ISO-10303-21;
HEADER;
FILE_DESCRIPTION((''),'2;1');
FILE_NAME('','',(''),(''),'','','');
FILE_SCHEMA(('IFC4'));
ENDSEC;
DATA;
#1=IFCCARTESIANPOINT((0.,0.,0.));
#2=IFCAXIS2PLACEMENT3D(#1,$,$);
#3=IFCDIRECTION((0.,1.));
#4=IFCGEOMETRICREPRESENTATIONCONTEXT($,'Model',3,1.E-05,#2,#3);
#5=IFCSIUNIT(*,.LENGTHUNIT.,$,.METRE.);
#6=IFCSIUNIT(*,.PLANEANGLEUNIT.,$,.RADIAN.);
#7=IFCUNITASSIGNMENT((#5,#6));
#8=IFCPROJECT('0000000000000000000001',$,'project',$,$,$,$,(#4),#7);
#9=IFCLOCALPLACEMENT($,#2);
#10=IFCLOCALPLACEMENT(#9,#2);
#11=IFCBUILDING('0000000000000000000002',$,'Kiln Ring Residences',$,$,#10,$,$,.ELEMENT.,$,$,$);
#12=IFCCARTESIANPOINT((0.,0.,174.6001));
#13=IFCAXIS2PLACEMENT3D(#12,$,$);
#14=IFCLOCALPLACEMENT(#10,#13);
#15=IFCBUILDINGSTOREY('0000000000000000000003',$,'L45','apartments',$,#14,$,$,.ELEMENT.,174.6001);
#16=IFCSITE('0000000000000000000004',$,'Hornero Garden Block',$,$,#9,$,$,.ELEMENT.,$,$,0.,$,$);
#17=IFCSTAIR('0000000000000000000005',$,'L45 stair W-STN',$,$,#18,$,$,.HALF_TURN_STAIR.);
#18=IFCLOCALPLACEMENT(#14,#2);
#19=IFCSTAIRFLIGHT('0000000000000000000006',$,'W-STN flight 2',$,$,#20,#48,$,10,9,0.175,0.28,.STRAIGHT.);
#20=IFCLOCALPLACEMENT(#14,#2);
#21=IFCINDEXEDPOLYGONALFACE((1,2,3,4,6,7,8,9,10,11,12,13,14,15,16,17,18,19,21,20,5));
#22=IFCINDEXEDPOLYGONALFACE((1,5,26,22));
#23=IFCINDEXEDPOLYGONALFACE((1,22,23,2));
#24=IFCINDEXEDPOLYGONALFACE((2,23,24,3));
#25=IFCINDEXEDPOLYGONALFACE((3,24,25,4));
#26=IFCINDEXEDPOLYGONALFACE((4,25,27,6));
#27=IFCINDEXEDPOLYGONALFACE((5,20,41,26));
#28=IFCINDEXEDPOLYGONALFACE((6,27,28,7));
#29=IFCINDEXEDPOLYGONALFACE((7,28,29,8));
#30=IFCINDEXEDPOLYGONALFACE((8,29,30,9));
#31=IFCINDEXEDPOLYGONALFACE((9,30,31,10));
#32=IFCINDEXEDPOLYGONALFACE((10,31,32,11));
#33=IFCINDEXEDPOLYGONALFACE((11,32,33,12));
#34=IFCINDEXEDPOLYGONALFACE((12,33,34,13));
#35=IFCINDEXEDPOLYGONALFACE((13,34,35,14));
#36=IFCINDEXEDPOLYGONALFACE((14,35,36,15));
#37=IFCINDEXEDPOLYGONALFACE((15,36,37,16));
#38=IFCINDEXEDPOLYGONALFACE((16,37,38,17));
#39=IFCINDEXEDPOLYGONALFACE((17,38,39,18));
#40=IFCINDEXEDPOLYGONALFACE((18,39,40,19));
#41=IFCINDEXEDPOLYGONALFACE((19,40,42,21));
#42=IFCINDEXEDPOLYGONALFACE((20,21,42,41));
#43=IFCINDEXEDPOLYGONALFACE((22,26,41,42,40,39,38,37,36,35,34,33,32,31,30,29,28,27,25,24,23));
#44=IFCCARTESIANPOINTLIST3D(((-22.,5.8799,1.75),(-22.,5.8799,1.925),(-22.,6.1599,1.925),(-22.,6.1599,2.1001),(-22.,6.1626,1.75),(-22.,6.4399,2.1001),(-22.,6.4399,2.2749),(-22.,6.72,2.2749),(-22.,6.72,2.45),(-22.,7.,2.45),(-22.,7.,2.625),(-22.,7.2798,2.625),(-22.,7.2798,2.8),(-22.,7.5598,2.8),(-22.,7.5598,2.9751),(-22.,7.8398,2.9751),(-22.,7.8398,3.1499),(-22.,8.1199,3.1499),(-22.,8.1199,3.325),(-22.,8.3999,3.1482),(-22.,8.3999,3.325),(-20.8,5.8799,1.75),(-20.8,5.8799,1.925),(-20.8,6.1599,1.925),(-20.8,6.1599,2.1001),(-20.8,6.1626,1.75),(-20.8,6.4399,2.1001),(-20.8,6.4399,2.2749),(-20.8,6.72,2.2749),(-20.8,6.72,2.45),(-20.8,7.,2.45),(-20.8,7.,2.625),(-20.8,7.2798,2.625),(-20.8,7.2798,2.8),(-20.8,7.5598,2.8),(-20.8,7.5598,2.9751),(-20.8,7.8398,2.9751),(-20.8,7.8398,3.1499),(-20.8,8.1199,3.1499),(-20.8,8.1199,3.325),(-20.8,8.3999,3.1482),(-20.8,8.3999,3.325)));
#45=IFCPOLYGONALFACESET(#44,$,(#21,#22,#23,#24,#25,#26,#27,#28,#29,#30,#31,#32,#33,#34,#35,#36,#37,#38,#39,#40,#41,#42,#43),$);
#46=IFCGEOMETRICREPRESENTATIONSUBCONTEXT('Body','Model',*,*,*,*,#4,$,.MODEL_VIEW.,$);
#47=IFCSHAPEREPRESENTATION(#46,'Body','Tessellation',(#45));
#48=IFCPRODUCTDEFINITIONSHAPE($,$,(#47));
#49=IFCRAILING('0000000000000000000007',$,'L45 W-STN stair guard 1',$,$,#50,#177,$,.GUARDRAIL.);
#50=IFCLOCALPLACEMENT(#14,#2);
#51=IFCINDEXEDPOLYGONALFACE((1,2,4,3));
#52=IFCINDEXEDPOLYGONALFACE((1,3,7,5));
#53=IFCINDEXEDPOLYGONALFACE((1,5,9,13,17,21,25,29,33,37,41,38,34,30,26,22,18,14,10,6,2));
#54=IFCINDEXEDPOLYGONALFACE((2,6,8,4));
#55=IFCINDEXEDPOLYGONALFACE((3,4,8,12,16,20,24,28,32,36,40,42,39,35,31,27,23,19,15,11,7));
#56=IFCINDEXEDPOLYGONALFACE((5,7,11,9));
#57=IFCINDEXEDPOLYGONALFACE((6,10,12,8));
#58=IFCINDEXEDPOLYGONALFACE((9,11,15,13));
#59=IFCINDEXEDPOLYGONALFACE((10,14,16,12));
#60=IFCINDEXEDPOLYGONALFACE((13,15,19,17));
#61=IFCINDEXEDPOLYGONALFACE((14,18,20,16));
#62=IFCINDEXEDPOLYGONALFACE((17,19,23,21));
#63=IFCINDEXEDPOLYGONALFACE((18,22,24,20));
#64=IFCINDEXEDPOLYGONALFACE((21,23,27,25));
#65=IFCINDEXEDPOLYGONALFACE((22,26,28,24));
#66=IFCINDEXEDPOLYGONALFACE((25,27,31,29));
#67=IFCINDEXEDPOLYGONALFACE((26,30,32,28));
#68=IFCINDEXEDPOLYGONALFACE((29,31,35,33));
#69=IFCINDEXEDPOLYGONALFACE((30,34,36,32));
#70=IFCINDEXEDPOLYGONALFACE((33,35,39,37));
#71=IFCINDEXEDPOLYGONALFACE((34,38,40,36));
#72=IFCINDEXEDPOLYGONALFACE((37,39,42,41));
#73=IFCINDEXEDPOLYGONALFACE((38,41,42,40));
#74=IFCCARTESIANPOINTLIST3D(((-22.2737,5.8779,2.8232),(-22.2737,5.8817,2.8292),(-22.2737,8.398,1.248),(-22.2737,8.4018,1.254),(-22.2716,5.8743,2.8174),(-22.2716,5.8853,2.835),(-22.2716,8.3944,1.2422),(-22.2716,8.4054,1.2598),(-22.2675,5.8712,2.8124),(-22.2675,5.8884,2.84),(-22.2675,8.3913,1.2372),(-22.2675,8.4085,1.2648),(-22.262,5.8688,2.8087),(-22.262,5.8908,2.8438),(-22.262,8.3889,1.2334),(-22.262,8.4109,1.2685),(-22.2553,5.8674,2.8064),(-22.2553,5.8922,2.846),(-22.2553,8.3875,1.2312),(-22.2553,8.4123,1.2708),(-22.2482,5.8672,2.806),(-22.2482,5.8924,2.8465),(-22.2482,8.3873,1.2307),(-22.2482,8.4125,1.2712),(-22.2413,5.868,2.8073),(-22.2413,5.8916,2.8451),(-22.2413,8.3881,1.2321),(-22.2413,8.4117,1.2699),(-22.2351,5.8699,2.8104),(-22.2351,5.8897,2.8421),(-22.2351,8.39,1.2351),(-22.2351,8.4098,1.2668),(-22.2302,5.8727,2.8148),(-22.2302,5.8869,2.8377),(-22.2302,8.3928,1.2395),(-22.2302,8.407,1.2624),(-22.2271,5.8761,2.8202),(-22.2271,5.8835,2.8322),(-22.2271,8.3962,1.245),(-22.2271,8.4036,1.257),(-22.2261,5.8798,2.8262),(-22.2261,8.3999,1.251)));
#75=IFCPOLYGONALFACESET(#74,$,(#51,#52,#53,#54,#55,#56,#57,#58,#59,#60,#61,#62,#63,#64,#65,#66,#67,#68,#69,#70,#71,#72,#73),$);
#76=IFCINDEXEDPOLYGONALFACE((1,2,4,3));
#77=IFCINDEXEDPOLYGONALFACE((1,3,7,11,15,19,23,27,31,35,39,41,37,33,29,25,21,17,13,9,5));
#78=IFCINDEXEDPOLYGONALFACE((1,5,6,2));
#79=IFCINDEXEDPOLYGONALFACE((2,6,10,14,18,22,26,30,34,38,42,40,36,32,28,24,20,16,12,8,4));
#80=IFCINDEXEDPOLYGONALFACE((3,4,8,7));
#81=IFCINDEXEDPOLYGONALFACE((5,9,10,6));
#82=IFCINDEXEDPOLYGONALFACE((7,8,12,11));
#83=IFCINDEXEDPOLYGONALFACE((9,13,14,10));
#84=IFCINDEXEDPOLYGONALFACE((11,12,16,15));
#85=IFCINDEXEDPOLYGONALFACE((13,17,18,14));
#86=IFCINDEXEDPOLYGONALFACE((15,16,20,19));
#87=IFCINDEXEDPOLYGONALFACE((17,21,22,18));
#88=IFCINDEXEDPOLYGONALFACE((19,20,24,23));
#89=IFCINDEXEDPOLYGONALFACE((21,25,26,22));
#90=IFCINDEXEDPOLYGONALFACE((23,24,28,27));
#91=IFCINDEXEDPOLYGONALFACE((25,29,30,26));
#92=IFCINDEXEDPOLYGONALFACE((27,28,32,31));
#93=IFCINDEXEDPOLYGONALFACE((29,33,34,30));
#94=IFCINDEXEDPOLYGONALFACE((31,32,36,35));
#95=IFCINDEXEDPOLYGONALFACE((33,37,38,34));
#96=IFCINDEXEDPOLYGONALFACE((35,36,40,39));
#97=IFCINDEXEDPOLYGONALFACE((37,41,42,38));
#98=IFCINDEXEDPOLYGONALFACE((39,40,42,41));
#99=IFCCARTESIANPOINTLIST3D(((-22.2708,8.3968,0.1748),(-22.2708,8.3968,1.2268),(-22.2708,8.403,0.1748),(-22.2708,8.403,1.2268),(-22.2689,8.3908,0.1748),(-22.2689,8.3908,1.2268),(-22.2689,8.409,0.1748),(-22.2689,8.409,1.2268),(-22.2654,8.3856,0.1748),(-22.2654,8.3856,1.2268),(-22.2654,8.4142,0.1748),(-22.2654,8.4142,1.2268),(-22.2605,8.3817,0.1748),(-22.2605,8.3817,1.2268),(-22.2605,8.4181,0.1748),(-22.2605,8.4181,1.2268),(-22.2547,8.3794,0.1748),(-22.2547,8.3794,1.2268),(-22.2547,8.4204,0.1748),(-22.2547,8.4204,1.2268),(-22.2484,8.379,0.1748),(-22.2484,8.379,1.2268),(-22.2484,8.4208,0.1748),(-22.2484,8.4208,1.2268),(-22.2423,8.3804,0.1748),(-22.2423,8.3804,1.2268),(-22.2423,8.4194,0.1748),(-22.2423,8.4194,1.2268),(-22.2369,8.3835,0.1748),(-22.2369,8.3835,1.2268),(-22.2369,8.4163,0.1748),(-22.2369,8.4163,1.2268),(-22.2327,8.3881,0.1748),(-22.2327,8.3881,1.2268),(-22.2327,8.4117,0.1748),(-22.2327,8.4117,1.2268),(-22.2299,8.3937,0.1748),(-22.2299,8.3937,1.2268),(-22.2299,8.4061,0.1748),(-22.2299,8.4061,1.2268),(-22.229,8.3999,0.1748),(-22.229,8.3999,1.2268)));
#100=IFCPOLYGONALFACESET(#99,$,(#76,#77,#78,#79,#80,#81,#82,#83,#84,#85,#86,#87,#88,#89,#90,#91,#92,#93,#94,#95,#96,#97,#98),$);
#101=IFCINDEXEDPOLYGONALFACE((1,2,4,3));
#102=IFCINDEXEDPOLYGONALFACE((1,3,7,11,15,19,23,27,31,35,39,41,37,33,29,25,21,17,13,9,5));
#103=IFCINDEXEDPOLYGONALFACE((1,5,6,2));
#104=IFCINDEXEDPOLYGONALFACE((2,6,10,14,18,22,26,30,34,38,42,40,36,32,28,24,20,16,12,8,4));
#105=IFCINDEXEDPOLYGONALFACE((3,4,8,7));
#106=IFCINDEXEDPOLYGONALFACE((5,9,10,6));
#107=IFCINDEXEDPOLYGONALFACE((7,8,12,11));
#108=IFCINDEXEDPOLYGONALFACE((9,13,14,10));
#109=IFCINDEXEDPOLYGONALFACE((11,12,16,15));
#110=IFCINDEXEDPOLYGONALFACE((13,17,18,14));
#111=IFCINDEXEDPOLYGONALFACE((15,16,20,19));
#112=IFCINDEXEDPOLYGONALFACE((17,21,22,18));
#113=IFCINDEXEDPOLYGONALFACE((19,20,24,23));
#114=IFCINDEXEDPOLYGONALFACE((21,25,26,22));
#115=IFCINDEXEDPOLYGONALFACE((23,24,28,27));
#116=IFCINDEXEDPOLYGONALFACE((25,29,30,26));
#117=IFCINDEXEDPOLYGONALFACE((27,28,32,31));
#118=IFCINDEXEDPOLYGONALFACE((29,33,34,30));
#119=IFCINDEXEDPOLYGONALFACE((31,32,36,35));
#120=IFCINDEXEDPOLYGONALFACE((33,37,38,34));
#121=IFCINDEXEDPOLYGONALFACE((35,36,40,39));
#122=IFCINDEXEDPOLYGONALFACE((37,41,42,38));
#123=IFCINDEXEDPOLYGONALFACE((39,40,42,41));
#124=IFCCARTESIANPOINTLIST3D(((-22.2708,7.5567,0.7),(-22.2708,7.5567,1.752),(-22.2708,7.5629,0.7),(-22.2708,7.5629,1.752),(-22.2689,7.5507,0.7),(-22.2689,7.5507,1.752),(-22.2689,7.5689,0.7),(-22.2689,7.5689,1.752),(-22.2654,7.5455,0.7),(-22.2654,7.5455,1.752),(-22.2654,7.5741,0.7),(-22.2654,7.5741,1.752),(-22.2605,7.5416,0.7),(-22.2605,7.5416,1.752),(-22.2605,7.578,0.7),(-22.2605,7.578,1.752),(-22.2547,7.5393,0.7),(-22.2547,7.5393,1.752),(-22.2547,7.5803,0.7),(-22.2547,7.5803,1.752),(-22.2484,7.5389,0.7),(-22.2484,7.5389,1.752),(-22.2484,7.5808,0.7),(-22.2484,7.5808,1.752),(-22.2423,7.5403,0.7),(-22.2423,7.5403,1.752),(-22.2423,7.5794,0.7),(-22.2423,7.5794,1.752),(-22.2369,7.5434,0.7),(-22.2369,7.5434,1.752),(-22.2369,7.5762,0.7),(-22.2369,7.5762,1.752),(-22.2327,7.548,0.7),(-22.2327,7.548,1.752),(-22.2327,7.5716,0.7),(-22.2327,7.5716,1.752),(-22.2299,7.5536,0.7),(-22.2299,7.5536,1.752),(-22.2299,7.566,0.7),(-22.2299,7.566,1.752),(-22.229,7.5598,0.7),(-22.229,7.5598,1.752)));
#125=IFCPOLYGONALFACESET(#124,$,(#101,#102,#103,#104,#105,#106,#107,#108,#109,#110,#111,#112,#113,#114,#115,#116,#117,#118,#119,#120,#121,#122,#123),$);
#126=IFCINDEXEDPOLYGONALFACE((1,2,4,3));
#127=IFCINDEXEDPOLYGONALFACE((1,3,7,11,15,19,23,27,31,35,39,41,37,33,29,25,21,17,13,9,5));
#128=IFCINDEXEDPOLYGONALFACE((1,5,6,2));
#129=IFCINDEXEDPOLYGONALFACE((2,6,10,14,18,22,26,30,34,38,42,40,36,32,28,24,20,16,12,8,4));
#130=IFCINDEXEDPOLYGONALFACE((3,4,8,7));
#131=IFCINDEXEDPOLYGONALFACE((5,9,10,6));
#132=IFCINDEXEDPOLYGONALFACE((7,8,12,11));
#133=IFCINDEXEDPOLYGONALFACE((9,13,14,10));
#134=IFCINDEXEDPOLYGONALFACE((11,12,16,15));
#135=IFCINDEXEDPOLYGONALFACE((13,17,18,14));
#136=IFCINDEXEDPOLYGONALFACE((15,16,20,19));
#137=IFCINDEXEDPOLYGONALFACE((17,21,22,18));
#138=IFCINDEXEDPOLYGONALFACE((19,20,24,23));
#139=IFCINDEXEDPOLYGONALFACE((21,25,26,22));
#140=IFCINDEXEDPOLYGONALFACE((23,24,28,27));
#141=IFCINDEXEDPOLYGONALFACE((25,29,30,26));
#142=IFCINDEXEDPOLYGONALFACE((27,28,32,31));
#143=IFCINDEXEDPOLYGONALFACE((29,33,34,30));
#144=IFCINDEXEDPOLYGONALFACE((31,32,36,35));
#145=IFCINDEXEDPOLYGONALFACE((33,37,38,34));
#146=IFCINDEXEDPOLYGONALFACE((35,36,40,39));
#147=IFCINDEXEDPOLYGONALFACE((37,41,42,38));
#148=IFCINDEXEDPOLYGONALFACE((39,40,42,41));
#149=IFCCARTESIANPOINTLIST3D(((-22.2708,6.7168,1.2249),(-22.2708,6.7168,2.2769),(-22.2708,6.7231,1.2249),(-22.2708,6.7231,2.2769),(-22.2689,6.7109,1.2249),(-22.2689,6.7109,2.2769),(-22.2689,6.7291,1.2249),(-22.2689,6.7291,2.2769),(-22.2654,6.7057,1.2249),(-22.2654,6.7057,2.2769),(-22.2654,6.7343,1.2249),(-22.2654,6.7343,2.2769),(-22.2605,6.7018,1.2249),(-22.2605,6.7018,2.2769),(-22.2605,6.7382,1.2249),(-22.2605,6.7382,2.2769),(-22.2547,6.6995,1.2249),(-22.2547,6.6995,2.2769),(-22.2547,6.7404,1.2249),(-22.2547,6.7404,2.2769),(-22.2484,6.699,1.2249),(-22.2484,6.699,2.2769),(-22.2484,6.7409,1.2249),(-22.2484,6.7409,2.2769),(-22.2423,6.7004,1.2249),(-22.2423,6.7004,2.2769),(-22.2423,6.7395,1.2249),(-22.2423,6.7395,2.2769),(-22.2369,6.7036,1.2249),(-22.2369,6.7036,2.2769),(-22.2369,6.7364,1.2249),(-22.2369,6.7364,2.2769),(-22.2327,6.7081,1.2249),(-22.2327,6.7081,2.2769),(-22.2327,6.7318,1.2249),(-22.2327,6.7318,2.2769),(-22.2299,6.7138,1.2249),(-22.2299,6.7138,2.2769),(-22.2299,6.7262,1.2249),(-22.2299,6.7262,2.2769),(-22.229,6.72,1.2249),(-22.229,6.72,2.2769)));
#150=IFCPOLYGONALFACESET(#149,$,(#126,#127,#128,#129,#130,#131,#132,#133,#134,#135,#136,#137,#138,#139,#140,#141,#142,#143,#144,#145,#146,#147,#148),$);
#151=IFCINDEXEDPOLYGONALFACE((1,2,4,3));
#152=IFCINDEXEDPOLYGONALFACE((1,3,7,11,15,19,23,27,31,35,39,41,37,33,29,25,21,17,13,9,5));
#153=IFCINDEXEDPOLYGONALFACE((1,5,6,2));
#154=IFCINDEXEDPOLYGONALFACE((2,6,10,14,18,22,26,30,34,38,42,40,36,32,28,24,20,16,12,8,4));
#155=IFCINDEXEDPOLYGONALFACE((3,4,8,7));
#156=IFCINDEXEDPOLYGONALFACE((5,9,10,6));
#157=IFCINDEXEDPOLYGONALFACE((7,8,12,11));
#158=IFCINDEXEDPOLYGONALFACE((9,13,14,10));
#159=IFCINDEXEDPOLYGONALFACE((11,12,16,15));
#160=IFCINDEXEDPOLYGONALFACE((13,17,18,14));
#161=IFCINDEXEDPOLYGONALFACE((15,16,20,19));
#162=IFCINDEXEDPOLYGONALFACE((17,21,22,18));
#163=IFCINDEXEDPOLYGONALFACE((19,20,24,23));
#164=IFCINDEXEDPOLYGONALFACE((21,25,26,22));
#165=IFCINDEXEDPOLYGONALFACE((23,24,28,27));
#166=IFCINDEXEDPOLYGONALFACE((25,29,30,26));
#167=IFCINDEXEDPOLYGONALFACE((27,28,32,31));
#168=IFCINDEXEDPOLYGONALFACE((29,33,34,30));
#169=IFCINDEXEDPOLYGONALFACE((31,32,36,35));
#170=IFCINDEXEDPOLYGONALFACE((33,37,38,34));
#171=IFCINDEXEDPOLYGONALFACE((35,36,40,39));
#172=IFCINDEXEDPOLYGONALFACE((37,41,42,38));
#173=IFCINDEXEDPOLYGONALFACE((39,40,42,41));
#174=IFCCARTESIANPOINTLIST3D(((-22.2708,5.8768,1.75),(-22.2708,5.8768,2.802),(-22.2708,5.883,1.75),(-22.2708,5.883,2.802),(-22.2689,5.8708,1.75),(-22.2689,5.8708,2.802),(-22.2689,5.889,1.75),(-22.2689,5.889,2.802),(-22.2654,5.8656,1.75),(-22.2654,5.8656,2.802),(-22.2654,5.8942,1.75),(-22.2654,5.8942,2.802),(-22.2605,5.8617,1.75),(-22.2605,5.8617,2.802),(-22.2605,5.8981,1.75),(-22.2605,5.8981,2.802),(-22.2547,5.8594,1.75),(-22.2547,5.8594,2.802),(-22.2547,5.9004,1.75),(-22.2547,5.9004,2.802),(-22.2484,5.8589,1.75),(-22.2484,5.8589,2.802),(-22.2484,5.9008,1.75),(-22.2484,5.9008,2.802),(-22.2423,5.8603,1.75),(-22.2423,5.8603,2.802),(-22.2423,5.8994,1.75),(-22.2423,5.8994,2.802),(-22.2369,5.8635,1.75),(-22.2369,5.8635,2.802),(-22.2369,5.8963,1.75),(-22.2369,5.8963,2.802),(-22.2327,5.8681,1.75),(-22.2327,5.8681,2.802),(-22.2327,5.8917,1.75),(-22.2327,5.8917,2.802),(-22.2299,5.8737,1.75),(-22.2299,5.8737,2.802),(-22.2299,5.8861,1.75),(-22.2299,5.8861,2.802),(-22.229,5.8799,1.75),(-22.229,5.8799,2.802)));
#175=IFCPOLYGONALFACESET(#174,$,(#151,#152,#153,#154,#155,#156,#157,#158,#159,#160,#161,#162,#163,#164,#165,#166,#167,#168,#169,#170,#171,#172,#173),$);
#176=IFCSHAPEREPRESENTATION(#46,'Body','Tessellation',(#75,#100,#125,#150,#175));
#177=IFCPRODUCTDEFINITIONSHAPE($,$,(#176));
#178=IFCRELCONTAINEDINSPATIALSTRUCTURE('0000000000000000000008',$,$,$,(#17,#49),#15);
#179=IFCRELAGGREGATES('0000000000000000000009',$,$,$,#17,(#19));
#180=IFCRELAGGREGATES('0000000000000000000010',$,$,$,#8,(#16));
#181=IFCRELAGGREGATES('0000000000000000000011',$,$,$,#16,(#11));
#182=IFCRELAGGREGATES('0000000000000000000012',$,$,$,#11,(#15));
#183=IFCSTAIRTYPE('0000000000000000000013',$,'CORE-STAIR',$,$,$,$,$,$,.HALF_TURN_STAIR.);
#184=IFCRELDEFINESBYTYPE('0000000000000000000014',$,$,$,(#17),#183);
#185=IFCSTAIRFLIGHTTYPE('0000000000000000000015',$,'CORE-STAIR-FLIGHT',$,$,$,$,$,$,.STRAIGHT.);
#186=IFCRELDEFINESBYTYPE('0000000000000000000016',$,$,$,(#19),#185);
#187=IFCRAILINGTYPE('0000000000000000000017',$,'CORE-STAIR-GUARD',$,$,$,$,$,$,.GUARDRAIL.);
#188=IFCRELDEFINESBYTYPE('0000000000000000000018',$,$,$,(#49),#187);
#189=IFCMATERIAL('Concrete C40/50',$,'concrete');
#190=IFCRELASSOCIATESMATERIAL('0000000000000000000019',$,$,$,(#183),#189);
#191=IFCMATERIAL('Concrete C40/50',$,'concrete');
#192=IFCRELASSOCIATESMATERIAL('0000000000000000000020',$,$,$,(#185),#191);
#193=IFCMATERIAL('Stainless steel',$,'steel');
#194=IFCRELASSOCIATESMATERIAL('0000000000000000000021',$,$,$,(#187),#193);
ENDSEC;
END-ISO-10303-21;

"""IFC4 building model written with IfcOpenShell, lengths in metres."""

from ifc_helpers import new_model, si_unit, direction, frame, origin, origin_2d, place, context, subcontext, project, spatial, polyline, circle, outline, extrude, material, type_object, element, aggregate, save


model = new_model("IFC4")

# Units and contexts
model_context = context("Model", 3, precision=1e-05, world=origin(), true_north=direction((0.0, 1.0)))
body_context = subcontext(model_context, "Body", "Model", "MODEL_VIEW")
ifc_project = project(units=[si_unit("LENGTHUNIT", "METRE"), si_unit("PLANEANGLEUNIT", "RADIAN")], contexts=[model_context])

# Site, building, storey
site_placement = place(None, origin())
site = spatial("IfcSite", under=ifc_project, at=site_placement, Name="Hornero Garden Block", CompositionType="ELEMENT", RefElevation=0.0)
building_placement = place(site_placement, origin())
building = spatial("IfcBuilding", under=site, at=building_placement, Name="Kiln Ring Residences", CompositionType="ELEMENT")
storey_placement = place(building_placement, frame((0.0, 0.0, 174.6001)))
storey = spatial("IfcBuildingStorey", under=building, at=storey_placement, Name="L45", Description="apartments", CompositionType="ELEMENT", Elevation=174.6001)

# Stair, stair flight
ifc_material_1 = material(Name="Concrete C40/50", Category="concrete")
stair_type = type_object("IfcStairType", Name="CORE-STAIR", PredefinedType="HALF_TURN_STAIR", material=ifc_material_1)
stair_placement = place(storey_placement, origin())
stair = element("IfcStair", 1, at=stair_placement, inside=storey, type_object=stair_type, Name="L45 stair W-STN", PredefinedType="HALF_TURN_STAIR")
ifc_material_2 = material(Name="Concrete C40/50", Category="concrete")
stair_flight_type = type_object("IfcStairFlightType", Name="CORE-STAIR-FLIGHT", PredefinedType="STRAIGHT", material=ifc_material_2)
stair_flight_1_placement = place(storey_placement, frame((-21.3999, 5.8799, 1.75), z_axis=(0.0, 0.0, 1.0), x_axis=(0.0, 1.0, 0.0)))
stair_flight_1 = element("IfcStairFlight", 2, at=stair_flight_1_placement, type_object=stair_flight_type, Name="W-STN flight 2", NumberOfRisers=10, NumberOfTreads=9, PredefinedType="STRAIGHT", RiserHeight=0.175, TreadLength=0.28, context=body_context, shape_type="SweptSolid", body=[
    extrude(outline(polyline([(0.0, 0.0), (0.0, 0.175), (0.28, 0.175), (0.28, 0.3501), (0.5601, 0.3501), (0.5601, 0.5249), (0.8401, 0.5249), (0.8401, 0.7), (1.1201, 0.7), (1.1201, 0.875), (1.3999, 0.875), (1.3999, 1.05), (1.6799, 1.05), (1.6799, 1.2251), (1.96, 1.2251), (1.96, 1.3999), (2.24, 1.3999), (2.24, 1.575), (2.52, 1.575), (2.52, 1.75), (2.52, 1.3982), (0.2827, 0.0), (0.0, 0.0)])), frame((0.0, 0.6001, 0.0), z_axis=(0.0, -1.0, 0.0), x_axis=(1.0, 0.0, 0.0)), (0.0, 0.0, 1.0), 1.2),
])
aggregate(stair, [stair_flight_1])

# Railing
ifc_material_3 = material(Name="Stainless steel", Category="steel")
railing_type_1 = type_object("IfcRailingType", Name="CORE-STAIR-GUARD", PredefinedType="GUARDRAIL", material=ifc_material_3)
railing_1_placement = place(storey_placement, frame((-22.25, 8.3999, 0.1748)))
element("IfcRailing", 3, at=railing_1_placement, inside=storey, type_object=railing_type_1, Name="L45 W-STN stair guard 1", PredefinedType="GUARDRAIL", context=body_context, shape_type="SweptSolid", body=[
    extrude(circle(Radius=0.0239, at=origin_2d()), frame((0.0, 0.0, 1.0762), z_axis=(0.0, -0.847971, 0.530043), x_axis=(1.0, 0.0, 0.0)), (0.0, 0.0, 1.0), 2.9719),
    extrude(circle(Radius=0.021, at=origin_2d()), origin(), (0.0, 0.0, 1.0), 1.052),
    extrude(circle(Radius=0.021, at=origin_2d()), frame((0.0, -0.8401, 0.5251)), (0.0, 0.0, 1.0), 1.052),
    extrude(circle(Radius=0.021, at=origin_2d()), frame((0.0, -1.6799, 1.05)), (0.0, 0.0, 1.0), 1.052),
    extrude(circle(Radius=0.021, at=origin_2d()), frame((0.0, -2.52, 1.5752)), (0.0, 0.0, 1.0), 1.052),
])

save(model, "model.ifc")
